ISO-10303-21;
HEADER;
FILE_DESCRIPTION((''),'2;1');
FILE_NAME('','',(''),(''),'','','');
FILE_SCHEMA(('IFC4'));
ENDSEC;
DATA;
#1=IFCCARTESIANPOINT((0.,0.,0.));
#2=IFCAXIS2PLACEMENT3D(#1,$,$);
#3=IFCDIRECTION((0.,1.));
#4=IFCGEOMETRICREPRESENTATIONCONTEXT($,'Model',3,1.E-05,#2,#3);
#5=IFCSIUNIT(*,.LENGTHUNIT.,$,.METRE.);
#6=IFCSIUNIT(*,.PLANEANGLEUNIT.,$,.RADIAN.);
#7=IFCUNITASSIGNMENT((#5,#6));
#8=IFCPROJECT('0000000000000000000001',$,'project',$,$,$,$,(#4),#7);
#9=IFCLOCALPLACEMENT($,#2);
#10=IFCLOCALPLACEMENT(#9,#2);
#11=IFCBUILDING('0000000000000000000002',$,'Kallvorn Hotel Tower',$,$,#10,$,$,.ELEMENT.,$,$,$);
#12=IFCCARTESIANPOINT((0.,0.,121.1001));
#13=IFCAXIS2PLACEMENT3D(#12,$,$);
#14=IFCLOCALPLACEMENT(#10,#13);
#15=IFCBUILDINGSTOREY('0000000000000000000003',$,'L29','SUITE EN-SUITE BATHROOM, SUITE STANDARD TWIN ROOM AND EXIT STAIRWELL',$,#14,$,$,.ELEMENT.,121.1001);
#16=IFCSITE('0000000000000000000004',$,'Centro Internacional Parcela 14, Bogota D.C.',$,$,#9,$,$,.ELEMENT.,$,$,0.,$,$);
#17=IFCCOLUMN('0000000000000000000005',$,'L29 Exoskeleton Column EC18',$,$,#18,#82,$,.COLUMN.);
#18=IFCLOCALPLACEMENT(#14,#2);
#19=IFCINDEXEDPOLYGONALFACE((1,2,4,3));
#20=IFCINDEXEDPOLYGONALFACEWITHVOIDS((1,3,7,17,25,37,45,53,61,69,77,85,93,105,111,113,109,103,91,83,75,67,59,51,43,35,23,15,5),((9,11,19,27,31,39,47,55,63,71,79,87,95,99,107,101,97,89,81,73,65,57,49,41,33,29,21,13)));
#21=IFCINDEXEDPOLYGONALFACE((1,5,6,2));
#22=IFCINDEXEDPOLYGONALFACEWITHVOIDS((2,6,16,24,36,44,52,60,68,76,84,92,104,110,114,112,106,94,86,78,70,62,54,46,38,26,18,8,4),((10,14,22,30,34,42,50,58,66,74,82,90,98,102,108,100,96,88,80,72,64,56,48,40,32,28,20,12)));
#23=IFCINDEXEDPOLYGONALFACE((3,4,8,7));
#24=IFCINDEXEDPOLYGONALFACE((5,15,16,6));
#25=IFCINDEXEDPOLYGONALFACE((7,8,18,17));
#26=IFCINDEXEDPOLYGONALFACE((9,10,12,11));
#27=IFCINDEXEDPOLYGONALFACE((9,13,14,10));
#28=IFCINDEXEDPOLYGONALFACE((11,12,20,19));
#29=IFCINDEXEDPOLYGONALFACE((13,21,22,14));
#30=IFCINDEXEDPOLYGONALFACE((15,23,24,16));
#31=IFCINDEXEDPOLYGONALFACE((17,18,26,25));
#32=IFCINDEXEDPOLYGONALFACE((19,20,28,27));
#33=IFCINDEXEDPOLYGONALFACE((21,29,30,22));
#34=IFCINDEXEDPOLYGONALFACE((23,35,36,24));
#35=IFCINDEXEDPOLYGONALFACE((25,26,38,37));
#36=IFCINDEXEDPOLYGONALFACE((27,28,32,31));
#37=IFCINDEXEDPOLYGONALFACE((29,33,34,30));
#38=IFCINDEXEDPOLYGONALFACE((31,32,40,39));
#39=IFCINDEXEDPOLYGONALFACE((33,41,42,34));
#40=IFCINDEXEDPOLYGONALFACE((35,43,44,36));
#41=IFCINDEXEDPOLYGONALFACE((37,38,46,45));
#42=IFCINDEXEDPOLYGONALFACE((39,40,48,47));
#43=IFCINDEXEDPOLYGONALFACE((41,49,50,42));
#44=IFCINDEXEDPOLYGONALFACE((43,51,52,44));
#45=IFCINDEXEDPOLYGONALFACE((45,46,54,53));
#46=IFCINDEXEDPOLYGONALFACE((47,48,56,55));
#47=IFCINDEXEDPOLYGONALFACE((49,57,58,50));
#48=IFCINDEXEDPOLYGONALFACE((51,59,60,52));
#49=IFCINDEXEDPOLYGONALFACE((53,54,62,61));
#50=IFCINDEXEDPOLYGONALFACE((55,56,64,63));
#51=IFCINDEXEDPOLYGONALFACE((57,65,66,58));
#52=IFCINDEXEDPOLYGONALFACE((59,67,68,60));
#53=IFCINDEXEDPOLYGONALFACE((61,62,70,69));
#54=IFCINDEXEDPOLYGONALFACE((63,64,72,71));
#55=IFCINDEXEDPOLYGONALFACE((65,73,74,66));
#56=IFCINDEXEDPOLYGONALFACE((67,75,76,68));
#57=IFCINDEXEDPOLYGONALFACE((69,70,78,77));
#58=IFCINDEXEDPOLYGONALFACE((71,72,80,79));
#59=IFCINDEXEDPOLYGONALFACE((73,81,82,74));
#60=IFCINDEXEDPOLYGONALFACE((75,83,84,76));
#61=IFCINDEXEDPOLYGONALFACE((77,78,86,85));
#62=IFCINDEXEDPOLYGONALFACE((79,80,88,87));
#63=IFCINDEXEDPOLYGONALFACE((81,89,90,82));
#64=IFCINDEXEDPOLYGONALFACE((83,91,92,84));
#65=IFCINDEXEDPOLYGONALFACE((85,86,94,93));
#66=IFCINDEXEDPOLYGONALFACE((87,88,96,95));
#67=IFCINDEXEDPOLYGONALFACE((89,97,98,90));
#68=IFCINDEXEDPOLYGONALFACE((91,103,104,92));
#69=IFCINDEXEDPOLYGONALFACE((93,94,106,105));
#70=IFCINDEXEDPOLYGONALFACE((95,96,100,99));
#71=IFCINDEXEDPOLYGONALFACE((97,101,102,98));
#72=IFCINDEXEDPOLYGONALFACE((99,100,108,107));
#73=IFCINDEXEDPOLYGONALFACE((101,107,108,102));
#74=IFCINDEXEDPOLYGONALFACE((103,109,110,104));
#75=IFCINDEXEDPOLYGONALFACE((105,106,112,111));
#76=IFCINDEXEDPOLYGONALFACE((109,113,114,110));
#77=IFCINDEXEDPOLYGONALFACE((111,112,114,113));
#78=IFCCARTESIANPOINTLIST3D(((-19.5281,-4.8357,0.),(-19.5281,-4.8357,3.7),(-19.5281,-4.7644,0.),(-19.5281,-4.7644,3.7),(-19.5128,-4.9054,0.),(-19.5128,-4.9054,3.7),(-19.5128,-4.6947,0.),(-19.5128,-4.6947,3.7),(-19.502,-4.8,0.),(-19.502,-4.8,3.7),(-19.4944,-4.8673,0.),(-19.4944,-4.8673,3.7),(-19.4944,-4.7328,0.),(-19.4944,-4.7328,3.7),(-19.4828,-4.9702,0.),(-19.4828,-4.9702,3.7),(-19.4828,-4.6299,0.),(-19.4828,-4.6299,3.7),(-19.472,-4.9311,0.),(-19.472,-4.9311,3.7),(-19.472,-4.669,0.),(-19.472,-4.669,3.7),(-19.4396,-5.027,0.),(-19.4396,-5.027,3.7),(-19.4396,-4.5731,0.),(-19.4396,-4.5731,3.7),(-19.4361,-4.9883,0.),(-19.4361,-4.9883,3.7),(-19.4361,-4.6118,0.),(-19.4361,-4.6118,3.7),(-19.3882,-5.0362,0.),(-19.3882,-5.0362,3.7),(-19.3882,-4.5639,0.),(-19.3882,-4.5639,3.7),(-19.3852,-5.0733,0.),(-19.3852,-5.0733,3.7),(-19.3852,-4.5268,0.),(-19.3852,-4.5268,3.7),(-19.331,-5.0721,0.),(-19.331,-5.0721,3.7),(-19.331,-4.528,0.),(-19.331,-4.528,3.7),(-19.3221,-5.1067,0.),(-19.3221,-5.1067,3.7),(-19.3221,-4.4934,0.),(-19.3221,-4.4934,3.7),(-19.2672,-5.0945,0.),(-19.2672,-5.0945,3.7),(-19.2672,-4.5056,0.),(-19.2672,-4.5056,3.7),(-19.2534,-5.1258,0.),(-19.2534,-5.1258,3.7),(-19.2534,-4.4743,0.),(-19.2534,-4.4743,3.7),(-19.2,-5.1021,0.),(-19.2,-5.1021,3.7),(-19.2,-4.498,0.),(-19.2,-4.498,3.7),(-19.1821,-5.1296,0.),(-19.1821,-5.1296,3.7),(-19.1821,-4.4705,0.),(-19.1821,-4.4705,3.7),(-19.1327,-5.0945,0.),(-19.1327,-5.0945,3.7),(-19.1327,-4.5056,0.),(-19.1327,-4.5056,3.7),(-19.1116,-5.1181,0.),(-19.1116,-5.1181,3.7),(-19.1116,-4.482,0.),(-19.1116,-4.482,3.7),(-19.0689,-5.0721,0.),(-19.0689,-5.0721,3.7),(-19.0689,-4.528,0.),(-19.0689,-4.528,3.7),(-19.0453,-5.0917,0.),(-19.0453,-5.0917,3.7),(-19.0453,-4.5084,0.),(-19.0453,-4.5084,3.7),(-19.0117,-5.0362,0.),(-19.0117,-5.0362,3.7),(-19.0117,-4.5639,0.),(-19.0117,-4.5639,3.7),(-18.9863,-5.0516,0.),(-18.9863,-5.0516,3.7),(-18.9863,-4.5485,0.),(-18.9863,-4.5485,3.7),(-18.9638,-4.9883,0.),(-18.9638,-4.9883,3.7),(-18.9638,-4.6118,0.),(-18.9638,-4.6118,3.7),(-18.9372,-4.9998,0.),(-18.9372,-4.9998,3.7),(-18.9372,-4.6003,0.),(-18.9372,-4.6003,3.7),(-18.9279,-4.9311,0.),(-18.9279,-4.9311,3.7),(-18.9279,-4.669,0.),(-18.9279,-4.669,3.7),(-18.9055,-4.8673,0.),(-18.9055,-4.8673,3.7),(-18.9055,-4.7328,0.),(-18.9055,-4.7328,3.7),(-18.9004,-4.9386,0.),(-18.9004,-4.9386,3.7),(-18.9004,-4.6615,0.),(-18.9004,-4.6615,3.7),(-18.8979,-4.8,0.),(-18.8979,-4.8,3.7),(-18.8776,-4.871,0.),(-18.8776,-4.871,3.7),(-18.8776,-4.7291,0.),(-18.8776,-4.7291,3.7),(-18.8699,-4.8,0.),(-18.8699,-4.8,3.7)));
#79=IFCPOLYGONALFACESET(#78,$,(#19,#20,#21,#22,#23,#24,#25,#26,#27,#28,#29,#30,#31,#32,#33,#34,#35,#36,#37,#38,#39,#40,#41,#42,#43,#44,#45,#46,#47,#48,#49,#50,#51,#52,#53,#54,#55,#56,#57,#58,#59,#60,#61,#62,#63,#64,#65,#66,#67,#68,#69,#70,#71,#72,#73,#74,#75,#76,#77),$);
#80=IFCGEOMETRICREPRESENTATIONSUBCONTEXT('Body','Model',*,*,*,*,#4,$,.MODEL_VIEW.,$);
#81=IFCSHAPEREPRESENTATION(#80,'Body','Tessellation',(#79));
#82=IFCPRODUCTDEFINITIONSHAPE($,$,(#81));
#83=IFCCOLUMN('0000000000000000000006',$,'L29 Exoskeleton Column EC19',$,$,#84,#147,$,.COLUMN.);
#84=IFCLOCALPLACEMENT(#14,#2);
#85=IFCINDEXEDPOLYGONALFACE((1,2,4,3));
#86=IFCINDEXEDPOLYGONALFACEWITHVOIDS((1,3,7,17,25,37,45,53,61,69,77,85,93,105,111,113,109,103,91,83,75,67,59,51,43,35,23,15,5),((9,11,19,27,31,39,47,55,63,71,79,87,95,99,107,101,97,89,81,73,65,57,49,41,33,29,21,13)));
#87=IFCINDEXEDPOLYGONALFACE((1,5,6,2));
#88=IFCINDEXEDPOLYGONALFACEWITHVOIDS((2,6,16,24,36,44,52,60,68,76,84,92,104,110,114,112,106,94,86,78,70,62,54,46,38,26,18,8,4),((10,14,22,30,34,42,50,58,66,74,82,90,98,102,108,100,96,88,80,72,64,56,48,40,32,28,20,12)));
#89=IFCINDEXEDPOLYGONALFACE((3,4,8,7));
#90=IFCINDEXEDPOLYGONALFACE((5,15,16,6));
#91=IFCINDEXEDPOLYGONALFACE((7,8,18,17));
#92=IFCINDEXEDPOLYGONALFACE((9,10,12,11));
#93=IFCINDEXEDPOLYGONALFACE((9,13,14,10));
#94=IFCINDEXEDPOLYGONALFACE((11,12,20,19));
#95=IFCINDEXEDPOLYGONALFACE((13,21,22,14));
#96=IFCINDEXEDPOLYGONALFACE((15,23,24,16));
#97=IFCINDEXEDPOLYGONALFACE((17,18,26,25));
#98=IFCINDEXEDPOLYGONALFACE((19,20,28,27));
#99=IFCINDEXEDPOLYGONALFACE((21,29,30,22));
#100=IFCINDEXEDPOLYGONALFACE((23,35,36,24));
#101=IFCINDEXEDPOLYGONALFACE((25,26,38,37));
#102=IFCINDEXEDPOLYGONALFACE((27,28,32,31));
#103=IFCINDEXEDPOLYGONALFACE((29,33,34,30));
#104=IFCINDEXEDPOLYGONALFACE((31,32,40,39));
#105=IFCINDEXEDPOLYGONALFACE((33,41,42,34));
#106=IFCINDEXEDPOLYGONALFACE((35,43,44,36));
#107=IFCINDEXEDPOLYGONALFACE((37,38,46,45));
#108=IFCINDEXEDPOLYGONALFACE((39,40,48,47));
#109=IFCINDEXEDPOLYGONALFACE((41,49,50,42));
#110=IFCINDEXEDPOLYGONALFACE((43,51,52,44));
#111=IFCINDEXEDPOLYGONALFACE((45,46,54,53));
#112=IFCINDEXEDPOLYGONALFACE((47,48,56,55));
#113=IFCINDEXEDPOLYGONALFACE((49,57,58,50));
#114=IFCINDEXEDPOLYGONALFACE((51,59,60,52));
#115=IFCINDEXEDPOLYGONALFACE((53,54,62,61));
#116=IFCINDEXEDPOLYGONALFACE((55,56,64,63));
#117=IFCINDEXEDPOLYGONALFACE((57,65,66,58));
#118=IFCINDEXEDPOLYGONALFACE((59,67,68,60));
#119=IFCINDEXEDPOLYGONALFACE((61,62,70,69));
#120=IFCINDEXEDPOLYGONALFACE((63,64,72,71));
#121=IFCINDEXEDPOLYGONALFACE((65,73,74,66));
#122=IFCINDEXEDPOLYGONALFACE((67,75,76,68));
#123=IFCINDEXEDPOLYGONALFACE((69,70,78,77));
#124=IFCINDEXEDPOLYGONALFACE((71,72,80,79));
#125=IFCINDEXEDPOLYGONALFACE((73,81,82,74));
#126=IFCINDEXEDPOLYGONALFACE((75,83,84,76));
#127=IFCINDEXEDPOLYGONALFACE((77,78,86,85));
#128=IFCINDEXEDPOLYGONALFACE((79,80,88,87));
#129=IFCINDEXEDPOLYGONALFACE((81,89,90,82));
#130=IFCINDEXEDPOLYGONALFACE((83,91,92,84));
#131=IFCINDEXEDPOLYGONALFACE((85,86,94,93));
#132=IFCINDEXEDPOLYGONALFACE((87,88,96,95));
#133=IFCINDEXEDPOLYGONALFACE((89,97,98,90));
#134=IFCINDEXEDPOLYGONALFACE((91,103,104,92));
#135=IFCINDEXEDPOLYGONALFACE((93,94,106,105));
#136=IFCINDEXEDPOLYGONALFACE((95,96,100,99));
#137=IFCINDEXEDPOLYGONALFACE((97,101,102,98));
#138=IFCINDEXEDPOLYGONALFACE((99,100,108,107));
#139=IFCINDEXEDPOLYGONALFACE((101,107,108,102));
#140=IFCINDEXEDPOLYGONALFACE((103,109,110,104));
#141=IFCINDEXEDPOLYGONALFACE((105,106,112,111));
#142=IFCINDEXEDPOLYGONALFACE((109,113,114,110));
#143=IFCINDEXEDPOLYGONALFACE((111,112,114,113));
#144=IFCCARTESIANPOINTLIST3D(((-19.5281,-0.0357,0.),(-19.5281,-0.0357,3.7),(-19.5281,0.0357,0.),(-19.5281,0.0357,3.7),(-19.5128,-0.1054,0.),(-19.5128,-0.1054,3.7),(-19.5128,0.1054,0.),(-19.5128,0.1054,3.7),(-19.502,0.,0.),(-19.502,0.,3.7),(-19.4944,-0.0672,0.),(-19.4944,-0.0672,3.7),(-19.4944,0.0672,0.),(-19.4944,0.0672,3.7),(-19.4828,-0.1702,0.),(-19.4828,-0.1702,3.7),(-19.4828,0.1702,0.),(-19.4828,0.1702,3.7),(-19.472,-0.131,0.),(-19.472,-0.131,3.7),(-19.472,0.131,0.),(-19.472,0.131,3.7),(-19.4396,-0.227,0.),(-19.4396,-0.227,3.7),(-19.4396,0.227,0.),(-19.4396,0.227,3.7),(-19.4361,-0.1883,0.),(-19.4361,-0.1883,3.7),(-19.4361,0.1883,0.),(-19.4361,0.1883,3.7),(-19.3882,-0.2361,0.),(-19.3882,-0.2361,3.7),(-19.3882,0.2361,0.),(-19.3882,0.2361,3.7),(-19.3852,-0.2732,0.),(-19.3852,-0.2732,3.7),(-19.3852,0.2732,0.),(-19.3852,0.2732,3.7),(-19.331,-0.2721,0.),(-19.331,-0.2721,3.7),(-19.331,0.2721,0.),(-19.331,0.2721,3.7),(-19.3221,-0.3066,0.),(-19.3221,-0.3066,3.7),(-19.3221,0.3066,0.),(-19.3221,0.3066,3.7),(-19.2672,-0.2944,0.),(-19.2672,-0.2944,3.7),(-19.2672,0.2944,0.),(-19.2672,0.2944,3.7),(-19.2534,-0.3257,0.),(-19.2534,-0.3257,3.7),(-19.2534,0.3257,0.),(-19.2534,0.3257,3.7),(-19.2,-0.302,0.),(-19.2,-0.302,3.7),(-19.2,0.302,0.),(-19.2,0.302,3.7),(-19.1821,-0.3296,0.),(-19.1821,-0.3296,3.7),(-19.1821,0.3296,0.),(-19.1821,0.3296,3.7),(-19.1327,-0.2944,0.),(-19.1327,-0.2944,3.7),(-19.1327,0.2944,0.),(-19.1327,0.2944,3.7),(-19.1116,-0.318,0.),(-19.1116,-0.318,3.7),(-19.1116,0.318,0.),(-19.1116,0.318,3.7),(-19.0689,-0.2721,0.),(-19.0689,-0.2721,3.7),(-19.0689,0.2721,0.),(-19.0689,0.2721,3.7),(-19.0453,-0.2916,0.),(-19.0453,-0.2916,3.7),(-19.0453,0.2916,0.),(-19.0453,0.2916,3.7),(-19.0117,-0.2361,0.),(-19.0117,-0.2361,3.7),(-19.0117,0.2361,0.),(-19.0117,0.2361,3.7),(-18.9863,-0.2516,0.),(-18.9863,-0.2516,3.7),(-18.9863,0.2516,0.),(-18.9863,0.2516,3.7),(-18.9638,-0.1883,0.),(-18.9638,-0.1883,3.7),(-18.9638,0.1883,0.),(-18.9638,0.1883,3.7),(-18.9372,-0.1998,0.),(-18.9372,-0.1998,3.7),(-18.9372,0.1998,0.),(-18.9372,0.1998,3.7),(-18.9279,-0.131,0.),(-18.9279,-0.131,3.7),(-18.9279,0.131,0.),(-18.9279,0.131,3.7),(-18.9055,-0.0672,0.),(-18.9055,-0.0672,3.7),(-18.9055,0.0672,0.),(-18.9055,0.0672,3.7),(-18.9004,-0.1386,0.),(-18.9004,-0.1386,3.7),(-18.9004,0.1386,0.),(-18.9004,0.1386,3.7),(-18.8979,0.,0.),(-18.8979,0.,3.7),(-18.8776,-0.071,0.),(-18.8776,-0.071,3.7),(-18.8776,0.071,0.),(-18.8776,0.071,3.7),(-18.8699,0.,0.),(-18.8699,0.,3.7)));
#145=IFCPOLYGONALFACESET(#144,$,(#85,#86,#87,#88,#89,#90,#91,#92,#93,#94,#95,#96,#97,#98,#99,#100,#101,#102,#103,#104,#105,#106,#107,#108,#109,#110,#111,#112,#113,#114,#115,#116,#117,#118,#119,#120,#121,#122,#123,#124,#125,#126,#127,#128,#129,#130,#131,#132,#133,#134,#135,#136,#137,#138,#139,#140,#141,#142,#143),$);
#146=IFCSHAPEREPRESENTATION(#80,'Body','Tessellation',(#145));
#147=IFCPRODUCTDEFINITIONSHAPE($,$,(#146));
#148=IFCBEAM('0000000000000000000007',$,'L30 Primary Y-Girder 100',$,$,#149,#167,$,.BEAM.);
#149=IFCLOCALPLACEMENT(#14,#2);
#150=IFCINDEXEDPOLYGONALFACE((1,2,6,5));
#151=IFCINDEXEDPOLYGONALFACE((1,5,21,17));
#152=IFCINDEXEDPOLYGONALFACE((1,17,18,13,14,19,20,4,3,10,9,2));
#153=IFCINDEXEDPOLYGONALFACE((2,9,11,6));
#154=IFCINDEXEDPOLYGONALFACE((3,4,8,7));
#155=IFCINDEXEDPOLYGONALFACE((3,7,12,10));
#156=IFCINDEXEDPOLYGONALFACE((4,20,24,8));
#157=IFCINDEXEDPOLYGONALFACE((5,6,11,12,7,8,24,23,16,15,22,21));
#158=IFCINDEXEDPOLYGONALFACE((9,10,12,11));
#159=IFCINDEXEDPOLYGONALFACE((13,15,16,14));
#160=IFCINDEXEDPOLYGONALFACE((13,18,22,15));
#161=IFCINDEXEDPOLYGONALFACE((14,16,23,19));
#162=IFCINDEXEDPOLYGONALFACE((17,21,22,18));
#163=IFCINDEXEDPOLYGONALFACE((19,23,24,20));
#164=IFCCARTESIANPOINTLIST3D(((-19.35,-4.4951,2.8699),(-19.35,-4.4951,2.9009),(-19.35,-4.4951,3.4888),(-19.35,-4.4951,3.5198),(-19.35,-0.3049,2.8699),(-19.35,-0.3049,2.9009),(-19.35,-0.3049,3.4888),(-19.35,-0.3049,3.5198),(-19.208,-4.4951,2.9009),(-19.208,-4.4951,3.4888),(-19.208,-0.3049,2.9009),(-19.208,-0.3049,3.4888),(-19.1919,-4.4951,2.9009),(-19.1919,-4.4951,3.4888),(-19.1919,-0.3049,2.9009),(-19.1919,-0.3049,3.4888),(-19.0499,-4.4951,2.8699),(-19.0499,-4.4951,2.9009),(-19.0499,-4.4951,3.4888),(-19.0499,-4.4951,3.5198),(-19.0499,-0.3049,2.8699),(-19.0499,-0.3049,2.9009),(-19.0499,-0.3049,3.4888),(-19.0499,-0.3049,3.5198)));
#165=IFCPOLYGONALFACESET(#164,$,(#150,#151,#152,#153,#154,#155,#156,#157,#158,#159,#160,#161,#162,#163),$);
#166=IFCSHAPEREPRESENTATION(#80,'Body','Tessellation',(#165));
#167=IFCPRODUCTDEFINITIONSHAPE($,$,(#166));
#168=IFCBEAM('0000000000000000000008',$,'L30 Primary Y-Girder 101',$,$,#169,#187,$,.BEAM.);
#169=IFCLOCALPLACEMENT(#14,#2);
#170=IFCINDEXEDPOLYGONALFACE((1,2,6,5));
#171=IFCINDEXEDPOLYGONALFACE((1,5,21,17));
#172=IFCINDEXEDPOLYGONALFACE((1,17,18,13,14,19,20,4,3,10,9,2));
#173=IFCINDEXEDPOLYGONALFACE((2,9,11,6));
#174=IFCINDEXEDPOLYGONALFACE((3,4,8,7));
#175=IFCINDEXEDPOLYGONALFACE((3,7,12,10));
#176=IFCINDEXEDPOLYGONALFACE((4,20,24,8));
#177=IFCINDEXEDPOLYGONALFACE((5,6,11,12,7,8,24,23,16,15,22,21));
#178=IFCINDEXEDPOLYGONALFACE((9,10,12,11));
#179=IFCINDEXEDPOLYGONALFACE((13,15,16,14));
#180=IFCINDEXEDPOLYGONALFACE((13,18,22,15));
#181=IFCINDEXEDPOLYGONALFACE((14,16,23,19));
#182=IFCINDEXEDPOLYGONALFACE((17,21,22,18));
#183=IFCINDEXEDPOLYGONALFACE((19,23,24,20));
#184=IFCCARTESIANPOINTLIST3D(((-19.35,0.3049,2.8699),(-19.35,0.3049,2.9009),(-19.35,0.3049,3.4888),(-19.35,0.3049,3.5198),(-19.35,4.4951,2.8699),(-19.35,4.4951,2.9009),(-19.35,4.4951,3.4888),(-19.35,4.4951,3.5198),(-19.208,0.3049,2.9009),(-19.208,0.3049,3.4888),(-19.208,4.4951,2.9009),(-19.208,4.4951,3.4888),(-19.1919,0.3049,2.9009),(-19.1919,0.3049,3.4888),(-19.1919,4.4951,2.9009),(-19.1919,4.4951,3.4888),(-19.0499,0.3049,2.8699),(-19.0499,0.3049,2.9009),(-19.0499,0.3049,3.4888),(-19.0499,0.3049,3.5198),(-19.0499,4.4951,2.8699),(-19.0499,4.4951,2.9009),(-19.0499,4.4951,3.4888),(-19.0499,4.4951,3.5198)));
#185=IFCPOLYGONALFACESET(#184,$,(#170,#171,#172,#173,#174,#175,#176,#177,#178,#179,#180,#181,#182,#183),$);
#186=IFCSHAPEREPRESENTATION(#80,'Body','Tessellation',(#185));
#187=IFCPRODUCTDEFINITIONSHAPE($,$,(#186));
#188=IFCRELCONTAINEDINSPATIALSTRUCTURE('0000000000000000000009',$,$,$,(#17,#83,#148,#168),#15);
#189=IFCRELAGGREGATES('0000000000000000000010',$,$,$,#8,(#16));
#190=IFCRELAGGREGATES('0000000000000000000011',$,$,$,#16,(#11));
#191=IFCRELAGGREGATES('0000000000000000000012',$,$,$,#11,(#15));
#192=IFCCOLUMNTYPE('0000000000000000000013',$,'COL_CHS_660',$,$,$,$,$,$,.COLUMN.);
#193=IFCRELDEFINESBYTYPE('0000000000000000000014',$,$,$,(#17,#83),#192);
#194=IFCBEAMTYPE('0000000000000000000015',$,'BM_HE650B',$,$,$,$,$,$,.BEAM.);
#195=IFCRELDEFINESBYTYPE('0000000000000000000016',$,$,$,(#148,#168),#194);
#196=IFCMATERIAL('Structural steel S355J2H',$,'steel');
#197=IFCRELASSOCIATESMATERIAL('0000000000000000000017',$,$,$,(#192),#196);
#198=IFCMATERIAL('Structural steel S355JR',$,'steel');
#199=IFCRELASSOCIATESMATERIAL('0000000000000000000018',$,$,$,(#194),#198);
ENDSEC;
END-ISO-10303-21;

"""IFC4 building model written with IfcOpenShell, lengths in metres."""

from ifc_helpers import new_model, si_unit, direction, frame, origin, origin_2d, place, context, subcontext, project, spatial, hollow_circle, i_section, extrude, material, material_profile, profile_set, type_object, element, save


model = new_model("IFC4")

# Units and contexts
model_context = context("Model", 3, precision=1e-05, world=origin(), true_north=direction((0.0, 1.0)))
body_context = subcontext(model_context, "Body", "Model", "MODEL_VIEW")
ifc_project = project(units=[si_unit("LENGTHUNIT", "METRE"), si_unit("PLANEANGLEUNIT", "RADIAN")], contexts=[model_context])

# Site, building, storey
site_placement = place(None, origin())
site = spatial("IfcSite", under=ifc_project, at=site_placement, Name="Centro Internacional Parcela 14, Bogota D.C.", CompositionType="ELEMENT", RefElevation=0.0)
building_placement = place(site_placement, origin())
building = spatial("IfcBuilding", under=site, at=building_placement, Name="Kallvorn Hotel Tower", CompositionType="ELEMENT")
storey_placement = place(building_placement, frame((0.0, 0.0, 121.1001)))
storey = spatial("IfcBuildingStorey", under=building, at=storey_placement, Name="L29", Description="SUITE EN-SUITE BATHROOM, SUITE STANDARD TWIN ROOM AND EXIT STAIRWELL", CompositionType="ELEMENT", Elevation=121.1001)

# Columns
ifc_material_1 = material(Name="Structural steel S355J2H", Category="steel")
ifc_material_profile_1 = material_profile(ifc_material_1, hollow_circle(Radius=0.3301, WallThickness=0.0281, at=origin_2d()), Name="CHS 660x28")
ifc_profile_set_1 = profile_set([ifc_material_profile_1], Name="Structural steel S355J2H")
column_type = type_object("IfcColumnType", Name="COL_CHS_660", PredefinedType="COLUMN", material=ifc_profile_set_1)
for number, where, z_axis, x_axis, name in (
    (1, (-19.2, -4.8, 0.0), (0.0, 0.0, 1.0), (1.0, 0.0, 0.0), "L29 Exoskeleton Column EC18"),
    (2, (-19.2, 0.0, 0.0), (0.0, 0.0, 1.0), (1.0, 0.0, 0.0), "L29 Exoskeleton Column EC19"),
):
    element("IfcColumn", number, at=place(storey_placement, frame(where, z_axis=z_axis, x_axis=x_axis)), inside=storey, type_object=column_type, Name=name, PredefinedType="COLUMN", context=body_context, shape_type="SweptSolid", body=[
        extrude(hollow_circle(Radius=0.3301, WallThickness=0.0281, at=origin_2d()), origin(), (0.0, 0.0, 1.0), 3.7),
    ])

# Beams
ifc_material_2 = material(Name="Structural steel S355JR", Category="steel")
ifc_material_profile_2 = material_profile(ifc_material_2, i_section(OverallWidth=0.3, OverallDepth=0.6499, WebThickness=0.0161, FlangeThickness=0.031, at=origin_2d()), Name="HE 650 B")
ifc_profile_set_2 = profile_set([ifc_material_profile_2], Name="Structural steel S355JR")
beam_type_1 = type_object("IfcBeamType", Name="BM_HE650B", PredefinedType="BEAM", material=ifc_profile_set_2)
for number, where, z_axis, x_axis, name in (
    (3, (-19.2, -4.4951, 3.1948), (0.0, 1.0, 0.0), (-1.0, 0.0, 0.0), "L30 Primary Y-Girder 100"),
    (4, (-19.2, 0.3049, 3.1948), (0.0, 1.0, 0.0), (-1.0, 0.0, 0.0), "L30 Primary Y-Girder 101"),
):
    element("IfcBeam", number, at=place(storey_placement, frame(where, z_axis=z_axis, x_axis=x_axis)), inside=storey, type_object=beam_type_1, Name=name, PredefinedType="BEAM", context=body_context, shape_type="SweptSolid", body=[
        extrude(i_section(OverallWidth=0.3, OverallDepth=0.6499, WebThickness=0.0161, FlangeThickness=0.031, at=origin_2d()), origin(), (0.0, 0.0, 1.0), 4.1902),
    ])

save(model, "model.ifc")
